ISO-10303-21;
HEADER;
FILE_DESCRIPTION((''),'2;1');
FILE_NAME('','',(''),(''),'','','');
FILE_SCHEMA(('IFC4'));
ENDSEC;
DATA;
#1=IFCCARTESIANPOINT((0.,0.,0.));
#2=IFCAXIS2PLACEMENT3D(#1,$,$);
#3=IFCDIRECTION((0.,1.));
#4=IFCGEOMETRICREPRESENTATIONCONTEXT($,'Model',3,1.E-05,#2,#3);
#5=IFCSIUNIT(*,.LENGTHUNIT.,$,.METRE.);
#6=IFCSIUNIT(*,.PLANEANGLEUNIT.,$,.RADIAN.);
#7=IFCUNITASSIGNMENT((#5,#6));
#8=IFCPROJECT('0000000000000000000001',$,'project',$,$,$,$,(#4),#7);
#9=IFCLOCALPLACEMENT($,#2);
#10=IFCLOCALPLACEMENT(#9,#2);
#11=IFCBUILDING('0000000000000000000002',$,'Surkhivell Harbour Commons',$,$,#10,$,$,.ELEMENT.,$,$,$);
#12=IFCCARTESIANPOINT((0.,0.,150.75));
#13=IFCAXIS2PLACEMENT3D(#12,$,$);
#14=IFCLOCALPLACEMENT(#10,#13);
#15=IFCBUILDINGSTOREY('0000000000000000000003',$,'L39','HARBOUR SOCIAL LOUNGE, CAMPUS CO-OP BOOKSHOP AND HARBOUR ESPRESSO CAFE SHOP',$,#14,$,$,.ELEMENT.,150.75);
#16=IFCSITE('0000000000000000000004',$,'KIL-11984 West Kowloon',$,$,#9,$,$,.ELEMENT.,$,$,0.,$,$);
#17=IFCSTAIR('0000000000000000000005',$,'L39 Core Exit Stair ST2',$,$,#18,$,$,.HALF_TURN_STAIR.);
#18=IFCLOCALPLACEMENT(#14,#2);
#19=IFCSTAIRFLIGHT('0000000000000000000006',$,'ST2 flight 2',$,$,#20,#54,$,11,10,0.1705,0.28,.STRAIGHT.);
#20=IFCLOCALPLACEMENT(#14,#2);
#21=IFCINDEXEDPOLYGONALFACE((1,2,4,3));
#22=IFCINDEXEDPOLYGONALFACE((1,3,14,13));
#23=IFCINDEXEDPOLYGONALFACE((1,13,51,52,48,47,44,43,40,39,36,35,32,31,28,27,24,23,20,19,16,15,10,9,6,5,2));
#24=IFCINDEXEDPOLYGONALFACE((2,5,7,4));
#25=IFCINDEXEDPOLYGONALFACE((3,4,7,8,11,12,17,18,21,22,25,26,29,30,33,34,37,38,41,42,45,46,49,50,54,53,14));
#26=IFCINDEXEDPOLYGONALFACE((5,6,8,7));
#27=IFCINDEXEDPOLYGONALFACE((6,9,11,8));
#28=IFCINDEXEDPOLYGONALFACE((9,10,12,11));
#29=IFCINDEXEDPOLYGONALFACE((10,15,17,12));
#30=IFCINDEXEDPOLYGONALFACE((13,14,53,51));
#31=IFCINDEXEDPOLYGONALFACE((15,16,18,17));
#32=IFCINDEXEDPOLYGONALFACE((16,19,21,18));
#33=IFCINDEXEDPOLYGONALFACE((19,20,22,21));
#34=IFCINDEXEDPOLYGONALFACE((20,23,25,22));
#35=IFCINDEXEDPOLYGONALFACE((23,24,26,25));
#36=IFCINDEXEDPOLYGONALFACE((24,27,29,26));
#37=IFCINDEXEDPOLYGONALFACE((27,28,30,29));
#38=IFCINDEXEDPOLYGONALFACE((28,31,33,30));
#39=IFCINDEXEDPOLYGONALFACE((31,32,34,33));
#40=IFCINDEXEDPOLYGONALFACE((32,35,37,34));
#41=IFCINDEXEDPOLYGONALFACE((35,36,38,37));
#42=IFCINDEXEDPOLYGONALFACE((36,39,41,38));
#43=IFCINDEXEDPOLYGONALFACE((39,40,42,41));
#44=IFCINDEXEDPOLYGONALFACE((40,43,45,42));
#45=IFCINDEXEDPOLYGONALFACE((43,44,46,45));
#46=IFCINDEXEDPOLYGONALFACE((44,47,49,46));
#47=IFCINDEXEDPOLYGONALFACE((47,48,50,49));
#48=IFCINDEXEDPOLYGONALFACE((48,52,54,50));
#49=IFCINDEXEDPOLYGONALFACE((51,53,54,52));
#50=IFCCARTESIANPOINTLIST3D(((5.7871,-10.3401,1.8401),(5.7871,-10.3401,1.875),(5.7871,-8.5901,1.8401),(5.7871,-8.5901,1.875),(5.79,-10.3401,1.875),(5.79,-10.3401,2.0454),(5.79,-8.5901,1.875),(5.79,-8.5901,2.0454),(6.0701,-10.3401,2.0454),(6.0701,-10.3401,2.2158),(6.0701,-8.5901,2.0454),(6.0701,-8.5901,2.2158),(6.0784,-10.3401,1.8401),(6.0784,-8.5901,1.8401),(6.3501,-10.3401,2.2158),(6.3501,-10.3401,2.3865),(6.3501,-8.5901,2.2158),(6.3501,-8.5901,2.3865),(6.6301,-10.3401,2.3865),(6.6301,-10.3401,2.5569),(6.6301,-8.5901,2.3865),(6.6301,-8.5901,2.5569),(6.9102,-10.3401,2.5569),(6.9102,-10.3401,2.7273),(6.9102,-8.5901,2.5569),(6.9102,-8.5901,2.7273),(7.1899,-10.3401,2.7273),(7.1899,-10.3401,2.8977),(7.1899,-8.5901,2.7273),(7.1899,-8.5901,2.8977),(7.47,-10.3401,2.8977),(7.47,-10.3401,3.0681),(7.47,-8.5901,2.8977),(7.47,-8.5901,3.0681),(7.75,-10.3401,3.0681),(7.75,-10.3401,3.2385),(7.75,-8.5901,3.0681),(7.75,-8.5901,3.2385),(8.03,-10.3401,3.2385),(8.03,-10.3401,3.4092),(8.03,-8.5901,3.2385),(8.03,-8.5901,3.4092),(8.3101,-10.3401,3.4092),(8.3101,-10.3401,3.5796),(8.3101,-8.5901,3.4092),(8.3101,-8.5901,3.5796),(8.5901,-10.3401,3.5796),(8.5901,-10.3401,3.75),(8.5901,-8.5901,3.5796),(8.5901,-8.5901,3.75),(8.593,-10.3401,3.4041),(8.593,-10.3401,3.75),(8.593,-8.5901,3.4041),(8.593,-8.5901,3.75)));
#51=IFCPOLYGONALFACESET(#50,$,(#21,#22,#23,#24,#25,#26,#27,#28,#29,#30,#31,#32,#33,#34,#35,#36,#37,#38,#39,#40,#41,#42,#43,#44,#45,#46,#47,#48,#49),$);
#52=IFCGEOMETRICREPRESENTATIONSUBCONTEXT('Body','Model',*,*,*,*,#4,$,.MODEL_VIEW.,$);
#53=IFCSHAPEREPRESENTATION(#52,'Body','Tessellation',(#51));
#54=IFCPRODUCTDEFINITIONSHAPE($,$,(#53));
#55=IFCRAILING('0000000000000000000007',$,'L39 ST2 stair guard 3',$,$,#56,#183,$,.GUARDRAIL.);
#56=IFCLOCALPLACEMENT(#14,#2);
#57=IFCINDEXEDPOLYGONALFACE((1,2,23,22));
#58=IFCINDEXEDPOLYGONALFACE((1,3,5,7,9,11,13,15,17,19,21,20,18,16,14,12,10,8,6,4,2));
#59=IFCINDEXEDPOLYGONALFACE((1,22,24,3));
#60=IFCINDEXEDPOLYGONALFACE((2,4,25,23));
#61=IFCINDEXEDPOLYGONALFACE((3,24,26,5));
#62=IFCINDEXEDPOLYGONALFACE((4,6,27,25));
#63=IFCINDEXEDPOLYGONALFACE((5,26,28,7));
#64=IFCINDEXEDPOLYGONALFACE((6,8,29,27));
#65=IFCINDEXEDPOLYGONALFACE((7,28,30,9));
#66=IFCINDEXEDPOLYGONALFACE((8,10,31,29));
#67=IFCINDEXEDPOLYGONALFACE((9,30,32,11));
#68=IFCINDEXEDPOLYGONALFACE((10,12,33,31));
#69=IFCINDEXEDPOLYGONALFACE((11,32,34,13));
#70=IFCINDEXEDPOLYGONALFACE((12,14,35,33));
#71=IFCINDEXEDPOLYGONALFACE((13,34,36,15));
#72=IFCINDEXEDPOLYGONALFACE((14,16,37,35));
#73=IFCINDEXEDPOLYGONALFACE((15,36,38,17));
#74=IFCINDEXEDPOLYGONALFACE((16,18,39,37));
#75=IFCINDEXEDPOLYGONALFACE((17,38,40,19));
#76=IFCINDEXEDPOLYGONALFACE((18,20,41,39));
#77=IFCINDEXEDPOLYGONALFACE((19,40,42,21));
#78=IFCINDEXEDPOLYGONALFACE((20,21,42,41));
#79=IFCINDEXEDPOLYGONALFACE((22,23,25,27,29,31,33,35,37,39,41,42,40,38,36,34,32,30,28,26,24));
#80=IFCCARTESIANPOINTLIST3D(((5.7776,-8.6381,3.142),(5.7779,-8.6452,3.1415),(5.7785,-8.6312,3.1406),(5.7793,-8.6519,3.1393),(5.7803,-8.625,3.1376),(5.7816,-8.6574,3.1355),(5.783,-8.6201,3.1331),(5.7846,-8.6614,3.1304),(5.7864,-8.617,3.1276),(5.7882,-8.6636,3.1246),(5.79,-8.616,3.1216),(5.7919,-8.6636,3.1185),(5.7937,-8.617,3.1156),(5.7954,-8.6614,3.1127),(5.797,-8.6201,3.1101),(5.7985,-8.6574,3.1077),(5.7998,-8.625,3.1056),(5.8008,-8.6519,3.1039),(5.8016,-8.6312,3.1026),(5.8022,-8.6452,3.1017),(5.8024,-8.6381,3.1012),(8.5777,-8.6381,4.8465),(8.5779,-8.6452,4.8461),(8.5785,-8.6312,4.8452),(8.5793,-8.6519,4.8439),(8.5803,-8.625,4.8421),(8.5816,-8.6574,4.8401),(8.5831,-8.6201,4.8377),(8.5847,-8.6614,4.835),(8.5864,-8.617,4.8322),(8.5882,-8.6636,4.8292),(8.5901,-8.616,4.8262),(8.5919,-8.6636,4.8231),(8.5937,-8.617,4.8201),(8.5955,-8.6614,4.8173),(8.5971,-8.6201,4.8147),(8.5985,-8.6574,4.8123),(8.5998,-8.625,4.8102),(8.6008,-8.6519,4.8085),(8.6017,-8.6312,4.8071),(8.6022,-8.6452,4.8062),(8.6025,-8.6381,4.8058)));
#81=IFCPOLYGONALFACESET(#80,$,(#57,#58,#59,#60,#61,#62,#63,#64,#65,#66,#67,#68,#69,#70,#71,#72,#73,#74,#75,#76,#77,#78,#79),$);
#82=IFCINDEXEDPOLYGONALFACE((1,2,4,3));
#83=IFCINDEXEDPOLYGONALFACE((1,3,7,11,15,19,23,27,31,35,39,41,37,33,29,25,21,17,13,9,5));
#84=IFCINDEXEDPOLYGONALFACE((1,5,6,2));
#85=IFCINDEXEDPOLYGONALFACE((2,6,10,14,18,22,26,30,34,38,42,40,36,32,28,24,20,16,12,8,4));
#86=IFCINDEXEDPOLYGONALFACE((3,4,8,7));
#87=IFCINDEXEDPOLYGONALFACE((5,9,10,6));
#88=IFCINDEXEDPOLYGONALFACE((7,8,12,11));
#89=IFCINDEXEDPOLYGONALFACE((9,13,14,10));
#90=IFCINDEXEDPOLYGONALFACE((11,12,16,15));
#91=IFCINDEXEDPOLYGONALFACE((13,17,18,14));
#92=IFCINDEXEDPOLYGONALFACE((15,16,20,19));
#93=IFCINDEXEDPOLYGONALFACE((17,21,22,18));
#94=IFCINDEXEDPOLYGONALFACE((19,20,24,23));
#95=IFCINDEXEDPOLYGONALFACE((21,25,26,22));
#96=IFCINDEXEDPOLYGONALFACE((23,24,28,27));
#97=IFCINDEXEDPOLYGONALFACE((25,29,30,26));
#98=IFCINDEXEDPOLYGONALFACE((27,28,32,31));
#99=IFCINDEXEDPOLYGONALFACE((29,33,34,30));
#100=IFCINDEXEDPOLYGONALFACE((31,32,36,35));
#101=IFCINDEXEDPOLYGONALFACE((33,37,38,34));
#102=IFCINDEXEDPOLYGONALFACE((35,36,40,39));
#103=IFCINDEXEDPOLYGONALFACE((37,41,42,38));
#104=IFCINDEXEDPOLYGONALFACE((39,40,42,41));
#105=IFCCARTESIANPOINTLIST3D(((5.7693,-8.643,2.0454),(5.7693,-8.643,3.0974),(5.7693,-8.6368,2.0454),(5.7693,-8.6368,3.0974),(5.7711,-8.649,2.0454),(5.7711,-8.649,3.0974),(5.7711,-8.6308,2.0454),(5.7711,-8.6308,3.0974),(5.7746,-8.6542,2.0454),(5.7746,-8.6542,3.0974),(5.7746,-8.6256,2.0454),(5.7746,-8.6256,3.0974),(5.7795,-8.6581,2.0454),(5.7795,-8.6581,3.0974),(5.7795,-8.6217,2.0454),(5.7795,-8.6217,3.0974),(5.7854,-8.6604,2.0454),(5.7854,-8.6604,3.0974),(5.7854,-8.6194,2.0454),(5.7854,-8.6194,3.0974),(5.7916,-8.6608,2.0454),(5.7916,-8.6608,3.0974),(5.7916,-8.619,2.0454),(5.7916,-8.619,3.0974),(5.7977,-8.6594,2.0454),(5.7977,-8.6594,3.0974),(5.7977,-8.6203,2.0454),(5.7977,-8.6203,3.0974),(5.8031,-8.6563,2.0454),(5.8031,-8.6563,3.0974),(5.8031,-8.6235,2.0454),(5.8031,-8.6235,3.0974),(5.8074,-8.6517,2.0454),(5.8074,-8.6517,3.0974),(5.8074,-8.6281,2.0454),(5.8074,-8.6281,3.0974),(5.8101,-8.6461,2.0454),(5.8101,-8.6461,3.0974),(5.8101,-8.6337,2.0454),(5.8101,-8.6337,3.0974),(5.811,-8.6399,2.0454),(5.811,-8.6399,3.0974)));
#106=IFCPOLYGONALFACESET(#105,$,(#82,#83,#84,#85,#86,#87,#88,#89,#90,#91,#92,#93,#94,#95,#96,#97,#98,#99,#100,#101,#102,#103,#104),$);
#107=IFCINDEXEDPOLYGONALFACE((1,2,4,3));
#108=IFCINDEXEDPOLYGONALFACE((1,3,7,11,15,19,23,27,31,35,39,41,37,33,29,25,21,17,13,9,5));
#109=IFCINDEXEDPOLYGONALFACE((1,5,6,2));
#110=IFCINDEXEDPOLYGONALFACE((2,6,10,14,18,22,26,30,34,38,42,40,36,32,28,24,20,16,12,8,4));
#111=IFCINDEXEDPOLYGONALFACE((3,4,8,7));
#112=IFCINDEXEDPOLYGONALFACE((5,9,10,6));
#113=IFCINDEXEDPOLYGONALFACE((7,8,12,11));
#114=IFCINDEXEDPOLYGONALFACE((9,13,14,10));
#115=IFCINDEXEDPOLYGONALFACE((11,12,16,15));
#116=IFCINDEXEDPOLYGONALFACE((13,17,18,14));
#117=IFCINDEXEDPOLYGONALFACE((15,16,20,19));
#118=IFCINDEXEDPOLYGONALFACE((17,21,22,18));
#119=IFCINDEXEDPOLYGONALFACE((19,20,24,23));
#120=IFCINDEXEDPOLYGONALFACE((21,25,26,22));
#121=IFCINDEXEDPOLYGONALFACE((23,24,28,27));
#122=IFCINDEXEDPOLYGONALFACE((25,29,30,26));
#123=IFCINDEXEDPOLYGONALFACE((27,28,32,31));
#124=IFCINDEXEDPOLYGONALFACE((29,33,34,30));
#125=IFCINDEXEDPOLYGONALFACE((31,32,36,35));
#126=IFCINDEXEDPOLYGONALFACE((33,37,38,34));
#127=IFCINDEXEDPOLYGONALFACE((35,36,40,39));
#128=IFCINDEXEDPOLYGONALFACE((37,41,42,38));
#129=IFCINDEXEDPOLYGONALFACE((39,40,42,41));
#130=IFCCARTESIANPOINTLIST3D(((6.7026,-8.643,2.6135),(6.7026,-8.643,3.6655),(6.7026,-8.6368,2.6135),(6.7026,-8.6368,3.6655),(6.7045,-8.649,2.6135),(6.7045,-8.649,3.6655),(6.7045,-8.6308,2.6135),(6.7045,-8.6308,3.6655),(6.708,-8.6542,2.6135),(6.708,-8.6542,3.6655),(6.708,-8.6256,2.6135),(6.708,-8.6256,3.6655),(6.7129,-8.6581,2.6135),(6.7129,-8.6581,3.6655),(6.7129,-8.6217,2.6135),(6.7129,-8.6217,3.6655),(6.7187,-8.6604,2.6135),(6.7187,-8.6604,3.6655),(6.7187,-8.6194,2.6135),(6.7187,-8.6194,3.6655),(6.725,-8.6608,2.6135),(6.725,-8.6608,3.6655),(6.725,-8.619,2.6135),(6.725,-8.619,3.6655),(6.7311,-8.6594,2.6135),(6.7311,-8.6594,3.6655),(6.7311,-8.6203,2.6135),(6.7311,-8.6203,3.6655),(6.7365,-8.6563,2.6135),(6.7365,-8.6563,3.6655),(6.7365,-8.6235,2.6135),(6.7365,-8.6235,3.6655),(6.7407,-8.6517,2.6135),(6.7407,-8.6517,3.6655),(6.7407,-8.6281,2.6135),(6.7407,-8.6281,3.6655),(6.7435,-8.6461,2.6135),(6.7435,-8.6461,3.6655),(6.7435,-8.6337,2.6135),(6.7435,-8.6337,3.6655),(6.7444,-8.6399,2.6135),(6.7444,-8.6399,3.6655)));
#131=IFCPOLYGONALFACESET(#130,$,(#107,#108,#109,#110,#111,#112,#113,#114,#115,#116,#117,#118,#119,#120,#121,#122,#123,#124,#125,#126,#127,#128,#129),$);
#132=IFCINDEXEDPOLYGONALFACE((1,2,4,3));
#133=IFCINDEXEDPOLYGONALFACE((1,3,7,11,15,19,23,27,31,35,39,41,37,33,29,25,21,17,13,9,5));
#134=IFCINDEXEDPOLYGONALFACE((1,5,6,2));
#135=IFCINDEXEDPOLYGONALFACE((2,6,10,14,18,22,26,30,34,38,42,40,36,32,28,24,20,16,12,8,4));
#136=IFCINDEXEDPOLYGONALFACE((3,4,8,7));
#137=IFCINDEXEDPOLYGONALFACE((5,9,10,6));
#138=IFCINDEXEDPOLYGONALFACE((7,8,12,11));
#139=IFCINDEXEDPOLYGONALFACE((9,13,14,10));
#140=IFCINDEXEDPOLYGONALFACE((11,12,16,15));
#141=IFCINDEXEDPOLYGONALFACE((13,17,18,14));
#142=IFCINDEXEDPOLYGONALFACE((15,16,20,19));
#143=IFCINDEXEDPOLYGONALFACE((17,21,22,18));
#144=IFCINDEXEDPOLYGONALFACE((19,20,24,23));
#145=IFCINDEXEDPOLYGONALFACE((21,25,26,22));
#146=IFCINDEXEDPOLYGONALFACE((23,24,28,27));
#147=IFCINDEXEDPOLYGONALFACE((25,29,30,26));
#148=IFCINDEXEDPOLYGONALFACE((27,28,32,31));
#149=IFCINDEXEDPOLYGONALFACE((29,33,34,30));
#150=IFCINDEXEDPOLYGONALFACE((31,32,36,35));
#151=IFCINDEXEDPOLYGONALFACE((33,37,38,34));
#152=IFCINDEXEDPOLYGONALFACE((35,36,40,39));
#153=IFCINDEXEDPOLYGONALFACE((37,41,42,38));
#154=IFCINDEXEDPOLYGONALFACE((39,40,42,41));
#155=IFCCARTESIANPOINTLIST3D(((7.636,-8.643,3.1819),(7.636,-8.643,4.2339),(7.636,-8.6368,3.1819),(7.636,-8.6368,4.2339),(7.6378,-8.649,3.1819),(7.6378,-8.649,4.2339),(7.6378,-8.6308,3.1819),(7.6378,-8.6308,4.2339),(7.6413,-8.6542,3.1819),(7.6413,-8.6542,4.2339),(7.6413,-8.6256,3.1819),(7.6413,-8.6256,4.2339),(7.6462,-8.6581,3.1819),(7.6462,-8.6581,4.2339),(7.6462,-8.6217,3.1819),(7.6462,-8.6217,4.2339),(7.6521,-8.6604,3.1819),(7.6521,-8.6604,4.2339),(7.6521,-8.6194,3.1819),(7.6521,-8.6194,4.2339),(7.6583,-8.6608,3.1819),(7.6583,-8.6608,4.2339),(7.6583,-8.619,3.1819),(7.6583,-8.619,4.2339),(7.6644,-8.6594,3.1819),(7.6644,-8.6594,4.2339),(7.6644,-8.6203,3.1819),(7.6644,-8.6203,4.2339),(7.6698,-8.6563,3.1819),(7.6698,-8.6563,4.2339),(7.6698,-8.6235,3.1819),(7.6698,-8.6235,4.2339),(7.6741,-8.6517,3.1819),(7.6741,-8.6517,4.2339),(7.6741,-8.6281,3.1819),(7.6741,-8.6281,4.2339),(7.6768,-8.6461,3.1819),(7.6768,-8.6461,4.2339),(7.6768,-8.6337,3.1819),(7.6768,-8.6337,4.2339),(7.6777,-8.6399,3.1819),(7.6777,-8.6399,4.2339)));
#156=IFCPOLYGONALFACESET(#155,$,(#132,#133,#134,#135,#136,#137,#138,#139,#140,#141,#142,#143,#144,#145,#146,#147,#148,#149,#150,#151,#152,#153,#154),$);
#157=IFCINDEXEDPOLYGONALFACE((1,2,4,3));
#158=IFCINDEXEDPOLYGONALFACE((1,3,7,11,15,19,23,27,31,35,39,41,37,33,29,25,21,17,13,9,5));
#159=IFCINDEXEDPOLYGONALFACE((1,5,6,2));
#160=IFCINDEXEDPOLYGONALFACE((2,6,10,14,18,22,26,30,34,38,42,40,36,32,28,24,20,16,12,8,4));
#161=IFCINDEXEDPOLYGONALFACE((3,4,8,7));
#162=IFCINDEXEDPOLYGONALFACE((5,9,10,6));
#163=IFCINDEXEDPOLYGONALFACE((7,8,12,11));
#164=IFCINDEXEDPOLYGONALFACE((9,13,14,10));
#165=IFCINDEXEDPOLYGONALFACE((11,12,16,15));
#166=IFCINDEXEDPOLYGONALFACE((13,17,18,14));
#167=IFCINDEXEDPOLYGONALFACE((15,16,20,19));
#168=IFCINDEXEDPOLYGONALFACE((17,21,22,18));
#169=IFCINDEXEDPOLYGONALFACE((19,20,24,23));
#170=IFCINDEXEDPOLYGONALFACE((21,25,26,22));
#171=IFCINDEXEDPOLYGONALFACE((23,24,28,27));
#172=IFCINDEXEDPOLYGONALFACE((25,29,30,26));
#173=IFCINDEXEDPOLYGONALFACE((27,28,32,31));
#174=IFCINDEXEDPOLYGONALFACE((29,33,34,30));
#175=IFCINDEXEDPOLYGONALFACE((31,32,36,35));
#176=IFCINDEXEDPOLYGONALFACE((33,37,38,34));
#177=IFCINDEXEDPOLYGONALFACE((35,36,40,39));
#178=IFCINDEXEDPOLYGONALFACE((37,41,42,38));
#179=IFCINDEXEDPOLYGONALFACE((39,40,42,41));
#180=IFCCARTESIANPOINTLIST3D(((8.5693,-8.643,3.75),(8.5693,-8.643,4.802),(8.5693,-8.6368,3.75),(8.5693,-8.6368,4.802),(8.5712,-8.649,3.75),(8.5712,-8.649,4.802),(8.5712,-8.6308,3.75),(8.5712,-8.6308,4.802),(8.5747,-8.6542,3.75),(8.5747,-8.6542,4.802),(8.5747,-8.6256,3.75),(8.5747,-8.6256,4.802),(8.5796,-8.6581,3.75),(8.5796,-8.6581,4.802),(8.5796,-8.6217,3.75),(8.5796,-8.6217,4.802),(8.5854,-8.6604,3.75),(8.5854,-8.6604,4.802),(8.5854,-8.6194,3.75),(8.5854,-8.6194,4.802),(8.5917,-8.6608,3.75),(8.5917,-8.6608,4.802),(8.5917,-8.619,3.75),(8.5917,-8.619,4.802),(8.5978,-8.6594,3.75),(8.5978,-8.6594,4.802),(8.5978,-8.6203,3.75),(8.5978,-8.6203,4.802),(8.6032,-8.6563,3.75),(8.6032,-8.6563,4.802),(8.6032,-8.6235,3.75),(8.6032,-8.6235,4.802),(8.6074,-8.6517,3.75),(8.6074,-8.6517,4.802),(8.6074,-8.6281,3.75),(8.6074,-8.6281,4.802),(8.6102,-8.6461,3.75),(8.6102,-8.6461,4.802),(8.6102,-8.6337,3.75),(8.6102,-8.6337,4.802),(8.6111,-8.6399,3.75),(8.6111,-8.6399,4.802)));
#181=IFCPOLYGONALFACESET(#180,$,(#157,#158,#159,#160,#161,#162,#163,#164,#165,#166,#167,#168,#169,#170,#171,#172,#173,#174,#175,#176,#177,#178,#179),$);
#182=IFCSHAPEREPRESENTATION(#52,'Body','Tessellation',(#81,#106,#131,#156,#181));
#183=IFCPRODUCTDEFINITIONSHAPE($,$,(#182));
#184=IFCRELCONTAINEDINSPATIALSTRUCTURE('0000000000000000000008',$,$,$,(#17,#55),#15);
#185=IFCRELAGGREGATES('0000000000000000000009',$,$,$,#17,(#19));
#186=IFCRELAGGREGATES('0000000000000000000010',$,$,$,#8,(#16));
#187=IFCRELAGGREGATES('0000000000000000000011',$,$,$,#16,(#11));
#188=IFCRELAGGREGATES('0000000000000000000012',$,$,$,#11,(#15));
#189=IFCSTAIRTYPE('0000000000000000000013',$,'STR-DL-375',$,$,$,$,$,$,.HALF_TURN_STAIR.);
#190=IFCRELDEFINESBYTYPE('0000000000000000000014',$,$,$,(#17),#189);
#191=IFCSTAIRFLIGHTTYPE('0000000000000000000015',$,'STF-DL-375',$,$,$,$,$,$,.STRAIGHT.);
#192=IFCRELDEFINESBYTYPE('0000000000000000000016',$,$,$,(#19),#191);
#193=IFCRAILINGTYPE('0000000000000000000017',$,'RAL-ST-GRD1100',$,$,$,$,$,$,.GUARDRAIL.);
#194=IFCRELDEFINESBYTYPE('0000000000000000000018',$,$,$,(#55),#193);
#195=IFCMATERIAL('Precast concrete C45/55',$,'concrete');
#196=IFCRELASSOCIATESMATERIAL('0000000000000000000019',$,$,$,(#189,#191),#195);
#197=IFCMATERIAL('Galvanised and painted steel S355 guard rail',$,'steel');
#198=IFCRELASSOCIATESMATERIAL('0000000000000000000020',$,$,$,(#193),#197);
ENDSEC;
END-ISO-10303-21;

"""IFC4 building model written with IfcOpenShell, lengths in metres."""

from ifc_helpers import new_model, si_unit, direction, frame, origin, origin_2d, place, context, subcontext, project, spatial, polyline, circle, outline, extrude, material, type_object, element, aggregate, save


model = new_model("IFC4")

# Units and contexts
model_context = context("Model", 3, precision=1e-05, world=origin(), true_north=direction((0.0, 1.0)))
body_context = subcontext(model_context, "Body", "Model", "MODEL_VIEW")
ifc_project = project(units=[si_unit("LENGTHUNIT", "METRE"), si_unit("PLANEANGLEUNIT", "RADIAN")], contexts=[model_context])

# Site, building, storey
site_placement = place(None, origin())
site = spatial("IfcSite", under=ifc_project, at=site_placement, Name="KIL-11984 West Kowloon", CompositionType="ELEMENT", RefElevation=0.0)
building_placement = place(site_placement, origin())
building = spatial("IfcBuilding", under=site, at=building_placement, Name="Surkhivell Harbour Commons", CompositionType="ELEMENT")
storey_placement = place(building_placement, frame((0.0, 0.0, 150.75)))
storey = spatial("IfcBuildingStorey", under=building, at=storey_placement, Name="L39", Description="HARBOUR SOCIAL LOUNGE, CAMPUS CO-OP BOOKSHOP AND HARBOUR ESPRESSO CAFE SHOP", CompositionType="ELEMENT", Elevation=150.75)

# Stair, stair flight
ifc_material_1 = material(Name="Precast concrete C45/55", Category="concrete")
stair_type = type_object("IfcStairType", Name="STR-DL-375", PredefinedType="HALF_TURN_STAIR", material=ifc_material_1)
stair_placement = place(storey_placement, origin())
stair = element("IfcStair", 1, at=stair_placement, inside=storey, type_object=stair_type, Name="L39 Core Exit Stair ST2", PredefinedType="HALF_TURN_STAIR")
stair_flight_type = type_object("IfcStairFlightType", Name="STF-DL-375", PredefinedType="STRAIGHT", material=ifc_material_1)
stair_flight_placement = place(storey_placement, frame((5.79, -9.4651, 1.875), z_axis=(0.0, 0.0, 1.0), x_axis=(1.0, 0.0, 0.0)))
stair_flight = element("IfcStairFlight", 2, at=stair_flight_placement, type_object=stair_flight_type, Name="ST2 flight 2", NumberOfRisers=11, NumberOfTreads=10, PredefinedType="STRAIGHT", RiserHeight=0.1705, TreadLength=0.28, context=body_context, shape_type="SweptSolid", body=[
    extrude(outline(polyline([(-0.0029, -0.0349), (-0.0029, 0.0), (0.0, 0.0), (0.0, 0.1704), (0.28, 0.1704), (0.28, 0.3408), (0.5601, 0.3408), (0.5601, 0.5115), (0.8401, 0.5115), (0.8401, 0.6819), (1.1201, 0.6819), (1.1201, 0.8523), (1.3999, 0.8523), (1.3999, 1.0227), (1.6799, 1.0227), (1.6799, 1.1931), (1.96, 1.1931), (1.96, 1.3635), (2.24, 1.3635), (2.24, 1.5342), (2.52, 1.5342), (2.52, 1.7046), (2.8, 1.7046), (2.8, 1.875), (2.803, 1.875), (2.803, 1.5291), (0.2883, -0.0349), (-0.0029, -0.0349)])), frame((0.0, 0.875, 0.0), z_axis=(0.0, -1.0, 0.0), x_axis=(1.0, 0.0, 0.0)), (0.0, 0.0, 1.0), 1.75),
])
aggregate(stair, [stair_flight])

# Railing
ifc_material_2 = material(Name="Galvanised and painted steel S355 guard rail", Category="steel")
railing_type_1 = type_object("IfcRailingType", Name="RAL-ST-GRD1100", PredefinedType="GUARDRAIL", material=ifc_material_2)
railing_1_placement = place(storey_placement, frame((5.79, -8.6399, 2.0454)))
element("IfcRailing", 3, at=railing_1_placement, inside=storey, type_object=railing_type_1, Name="L39 ST2 stair guard 3", PredefinedType="GUARDRAIL", context=body_context, shape_type="SweptSolid", body=[
    extrude(circle(Radius=0.0239, at=origin_2d()), frame((0.0, 0.0, 1.0762), z_axis=(0.85417, 0.0, 0.519994), x_axis=(0.0, 1.0, 0.0)), (0.0, 0.0, 1.0), 3.2781),
    extrude(circle(Radius=0.021, at=origin_2d()), origin(), (0.0, 0.0, 1.0), 1.052),
    extrude(circle(Radius=0.021, at=origin_2d()), frame((0.9333, 0.0, 0.5681)), (0.0, 0.0, 1.0), 1.052),
    extrude(circle(Radius=0.021, at=origin_2d()), frame((1.8667, 0.0, 1.1365)), (0.0, 0.0, 1.0), 1.052),
    extrude(circle(Radius=0.021, at=origin_2d()), frame((2.8, 0.0, 1.7046)), (0.0, 0.0, 1.0), 1.052),
])

save(model, "model.ifc")
